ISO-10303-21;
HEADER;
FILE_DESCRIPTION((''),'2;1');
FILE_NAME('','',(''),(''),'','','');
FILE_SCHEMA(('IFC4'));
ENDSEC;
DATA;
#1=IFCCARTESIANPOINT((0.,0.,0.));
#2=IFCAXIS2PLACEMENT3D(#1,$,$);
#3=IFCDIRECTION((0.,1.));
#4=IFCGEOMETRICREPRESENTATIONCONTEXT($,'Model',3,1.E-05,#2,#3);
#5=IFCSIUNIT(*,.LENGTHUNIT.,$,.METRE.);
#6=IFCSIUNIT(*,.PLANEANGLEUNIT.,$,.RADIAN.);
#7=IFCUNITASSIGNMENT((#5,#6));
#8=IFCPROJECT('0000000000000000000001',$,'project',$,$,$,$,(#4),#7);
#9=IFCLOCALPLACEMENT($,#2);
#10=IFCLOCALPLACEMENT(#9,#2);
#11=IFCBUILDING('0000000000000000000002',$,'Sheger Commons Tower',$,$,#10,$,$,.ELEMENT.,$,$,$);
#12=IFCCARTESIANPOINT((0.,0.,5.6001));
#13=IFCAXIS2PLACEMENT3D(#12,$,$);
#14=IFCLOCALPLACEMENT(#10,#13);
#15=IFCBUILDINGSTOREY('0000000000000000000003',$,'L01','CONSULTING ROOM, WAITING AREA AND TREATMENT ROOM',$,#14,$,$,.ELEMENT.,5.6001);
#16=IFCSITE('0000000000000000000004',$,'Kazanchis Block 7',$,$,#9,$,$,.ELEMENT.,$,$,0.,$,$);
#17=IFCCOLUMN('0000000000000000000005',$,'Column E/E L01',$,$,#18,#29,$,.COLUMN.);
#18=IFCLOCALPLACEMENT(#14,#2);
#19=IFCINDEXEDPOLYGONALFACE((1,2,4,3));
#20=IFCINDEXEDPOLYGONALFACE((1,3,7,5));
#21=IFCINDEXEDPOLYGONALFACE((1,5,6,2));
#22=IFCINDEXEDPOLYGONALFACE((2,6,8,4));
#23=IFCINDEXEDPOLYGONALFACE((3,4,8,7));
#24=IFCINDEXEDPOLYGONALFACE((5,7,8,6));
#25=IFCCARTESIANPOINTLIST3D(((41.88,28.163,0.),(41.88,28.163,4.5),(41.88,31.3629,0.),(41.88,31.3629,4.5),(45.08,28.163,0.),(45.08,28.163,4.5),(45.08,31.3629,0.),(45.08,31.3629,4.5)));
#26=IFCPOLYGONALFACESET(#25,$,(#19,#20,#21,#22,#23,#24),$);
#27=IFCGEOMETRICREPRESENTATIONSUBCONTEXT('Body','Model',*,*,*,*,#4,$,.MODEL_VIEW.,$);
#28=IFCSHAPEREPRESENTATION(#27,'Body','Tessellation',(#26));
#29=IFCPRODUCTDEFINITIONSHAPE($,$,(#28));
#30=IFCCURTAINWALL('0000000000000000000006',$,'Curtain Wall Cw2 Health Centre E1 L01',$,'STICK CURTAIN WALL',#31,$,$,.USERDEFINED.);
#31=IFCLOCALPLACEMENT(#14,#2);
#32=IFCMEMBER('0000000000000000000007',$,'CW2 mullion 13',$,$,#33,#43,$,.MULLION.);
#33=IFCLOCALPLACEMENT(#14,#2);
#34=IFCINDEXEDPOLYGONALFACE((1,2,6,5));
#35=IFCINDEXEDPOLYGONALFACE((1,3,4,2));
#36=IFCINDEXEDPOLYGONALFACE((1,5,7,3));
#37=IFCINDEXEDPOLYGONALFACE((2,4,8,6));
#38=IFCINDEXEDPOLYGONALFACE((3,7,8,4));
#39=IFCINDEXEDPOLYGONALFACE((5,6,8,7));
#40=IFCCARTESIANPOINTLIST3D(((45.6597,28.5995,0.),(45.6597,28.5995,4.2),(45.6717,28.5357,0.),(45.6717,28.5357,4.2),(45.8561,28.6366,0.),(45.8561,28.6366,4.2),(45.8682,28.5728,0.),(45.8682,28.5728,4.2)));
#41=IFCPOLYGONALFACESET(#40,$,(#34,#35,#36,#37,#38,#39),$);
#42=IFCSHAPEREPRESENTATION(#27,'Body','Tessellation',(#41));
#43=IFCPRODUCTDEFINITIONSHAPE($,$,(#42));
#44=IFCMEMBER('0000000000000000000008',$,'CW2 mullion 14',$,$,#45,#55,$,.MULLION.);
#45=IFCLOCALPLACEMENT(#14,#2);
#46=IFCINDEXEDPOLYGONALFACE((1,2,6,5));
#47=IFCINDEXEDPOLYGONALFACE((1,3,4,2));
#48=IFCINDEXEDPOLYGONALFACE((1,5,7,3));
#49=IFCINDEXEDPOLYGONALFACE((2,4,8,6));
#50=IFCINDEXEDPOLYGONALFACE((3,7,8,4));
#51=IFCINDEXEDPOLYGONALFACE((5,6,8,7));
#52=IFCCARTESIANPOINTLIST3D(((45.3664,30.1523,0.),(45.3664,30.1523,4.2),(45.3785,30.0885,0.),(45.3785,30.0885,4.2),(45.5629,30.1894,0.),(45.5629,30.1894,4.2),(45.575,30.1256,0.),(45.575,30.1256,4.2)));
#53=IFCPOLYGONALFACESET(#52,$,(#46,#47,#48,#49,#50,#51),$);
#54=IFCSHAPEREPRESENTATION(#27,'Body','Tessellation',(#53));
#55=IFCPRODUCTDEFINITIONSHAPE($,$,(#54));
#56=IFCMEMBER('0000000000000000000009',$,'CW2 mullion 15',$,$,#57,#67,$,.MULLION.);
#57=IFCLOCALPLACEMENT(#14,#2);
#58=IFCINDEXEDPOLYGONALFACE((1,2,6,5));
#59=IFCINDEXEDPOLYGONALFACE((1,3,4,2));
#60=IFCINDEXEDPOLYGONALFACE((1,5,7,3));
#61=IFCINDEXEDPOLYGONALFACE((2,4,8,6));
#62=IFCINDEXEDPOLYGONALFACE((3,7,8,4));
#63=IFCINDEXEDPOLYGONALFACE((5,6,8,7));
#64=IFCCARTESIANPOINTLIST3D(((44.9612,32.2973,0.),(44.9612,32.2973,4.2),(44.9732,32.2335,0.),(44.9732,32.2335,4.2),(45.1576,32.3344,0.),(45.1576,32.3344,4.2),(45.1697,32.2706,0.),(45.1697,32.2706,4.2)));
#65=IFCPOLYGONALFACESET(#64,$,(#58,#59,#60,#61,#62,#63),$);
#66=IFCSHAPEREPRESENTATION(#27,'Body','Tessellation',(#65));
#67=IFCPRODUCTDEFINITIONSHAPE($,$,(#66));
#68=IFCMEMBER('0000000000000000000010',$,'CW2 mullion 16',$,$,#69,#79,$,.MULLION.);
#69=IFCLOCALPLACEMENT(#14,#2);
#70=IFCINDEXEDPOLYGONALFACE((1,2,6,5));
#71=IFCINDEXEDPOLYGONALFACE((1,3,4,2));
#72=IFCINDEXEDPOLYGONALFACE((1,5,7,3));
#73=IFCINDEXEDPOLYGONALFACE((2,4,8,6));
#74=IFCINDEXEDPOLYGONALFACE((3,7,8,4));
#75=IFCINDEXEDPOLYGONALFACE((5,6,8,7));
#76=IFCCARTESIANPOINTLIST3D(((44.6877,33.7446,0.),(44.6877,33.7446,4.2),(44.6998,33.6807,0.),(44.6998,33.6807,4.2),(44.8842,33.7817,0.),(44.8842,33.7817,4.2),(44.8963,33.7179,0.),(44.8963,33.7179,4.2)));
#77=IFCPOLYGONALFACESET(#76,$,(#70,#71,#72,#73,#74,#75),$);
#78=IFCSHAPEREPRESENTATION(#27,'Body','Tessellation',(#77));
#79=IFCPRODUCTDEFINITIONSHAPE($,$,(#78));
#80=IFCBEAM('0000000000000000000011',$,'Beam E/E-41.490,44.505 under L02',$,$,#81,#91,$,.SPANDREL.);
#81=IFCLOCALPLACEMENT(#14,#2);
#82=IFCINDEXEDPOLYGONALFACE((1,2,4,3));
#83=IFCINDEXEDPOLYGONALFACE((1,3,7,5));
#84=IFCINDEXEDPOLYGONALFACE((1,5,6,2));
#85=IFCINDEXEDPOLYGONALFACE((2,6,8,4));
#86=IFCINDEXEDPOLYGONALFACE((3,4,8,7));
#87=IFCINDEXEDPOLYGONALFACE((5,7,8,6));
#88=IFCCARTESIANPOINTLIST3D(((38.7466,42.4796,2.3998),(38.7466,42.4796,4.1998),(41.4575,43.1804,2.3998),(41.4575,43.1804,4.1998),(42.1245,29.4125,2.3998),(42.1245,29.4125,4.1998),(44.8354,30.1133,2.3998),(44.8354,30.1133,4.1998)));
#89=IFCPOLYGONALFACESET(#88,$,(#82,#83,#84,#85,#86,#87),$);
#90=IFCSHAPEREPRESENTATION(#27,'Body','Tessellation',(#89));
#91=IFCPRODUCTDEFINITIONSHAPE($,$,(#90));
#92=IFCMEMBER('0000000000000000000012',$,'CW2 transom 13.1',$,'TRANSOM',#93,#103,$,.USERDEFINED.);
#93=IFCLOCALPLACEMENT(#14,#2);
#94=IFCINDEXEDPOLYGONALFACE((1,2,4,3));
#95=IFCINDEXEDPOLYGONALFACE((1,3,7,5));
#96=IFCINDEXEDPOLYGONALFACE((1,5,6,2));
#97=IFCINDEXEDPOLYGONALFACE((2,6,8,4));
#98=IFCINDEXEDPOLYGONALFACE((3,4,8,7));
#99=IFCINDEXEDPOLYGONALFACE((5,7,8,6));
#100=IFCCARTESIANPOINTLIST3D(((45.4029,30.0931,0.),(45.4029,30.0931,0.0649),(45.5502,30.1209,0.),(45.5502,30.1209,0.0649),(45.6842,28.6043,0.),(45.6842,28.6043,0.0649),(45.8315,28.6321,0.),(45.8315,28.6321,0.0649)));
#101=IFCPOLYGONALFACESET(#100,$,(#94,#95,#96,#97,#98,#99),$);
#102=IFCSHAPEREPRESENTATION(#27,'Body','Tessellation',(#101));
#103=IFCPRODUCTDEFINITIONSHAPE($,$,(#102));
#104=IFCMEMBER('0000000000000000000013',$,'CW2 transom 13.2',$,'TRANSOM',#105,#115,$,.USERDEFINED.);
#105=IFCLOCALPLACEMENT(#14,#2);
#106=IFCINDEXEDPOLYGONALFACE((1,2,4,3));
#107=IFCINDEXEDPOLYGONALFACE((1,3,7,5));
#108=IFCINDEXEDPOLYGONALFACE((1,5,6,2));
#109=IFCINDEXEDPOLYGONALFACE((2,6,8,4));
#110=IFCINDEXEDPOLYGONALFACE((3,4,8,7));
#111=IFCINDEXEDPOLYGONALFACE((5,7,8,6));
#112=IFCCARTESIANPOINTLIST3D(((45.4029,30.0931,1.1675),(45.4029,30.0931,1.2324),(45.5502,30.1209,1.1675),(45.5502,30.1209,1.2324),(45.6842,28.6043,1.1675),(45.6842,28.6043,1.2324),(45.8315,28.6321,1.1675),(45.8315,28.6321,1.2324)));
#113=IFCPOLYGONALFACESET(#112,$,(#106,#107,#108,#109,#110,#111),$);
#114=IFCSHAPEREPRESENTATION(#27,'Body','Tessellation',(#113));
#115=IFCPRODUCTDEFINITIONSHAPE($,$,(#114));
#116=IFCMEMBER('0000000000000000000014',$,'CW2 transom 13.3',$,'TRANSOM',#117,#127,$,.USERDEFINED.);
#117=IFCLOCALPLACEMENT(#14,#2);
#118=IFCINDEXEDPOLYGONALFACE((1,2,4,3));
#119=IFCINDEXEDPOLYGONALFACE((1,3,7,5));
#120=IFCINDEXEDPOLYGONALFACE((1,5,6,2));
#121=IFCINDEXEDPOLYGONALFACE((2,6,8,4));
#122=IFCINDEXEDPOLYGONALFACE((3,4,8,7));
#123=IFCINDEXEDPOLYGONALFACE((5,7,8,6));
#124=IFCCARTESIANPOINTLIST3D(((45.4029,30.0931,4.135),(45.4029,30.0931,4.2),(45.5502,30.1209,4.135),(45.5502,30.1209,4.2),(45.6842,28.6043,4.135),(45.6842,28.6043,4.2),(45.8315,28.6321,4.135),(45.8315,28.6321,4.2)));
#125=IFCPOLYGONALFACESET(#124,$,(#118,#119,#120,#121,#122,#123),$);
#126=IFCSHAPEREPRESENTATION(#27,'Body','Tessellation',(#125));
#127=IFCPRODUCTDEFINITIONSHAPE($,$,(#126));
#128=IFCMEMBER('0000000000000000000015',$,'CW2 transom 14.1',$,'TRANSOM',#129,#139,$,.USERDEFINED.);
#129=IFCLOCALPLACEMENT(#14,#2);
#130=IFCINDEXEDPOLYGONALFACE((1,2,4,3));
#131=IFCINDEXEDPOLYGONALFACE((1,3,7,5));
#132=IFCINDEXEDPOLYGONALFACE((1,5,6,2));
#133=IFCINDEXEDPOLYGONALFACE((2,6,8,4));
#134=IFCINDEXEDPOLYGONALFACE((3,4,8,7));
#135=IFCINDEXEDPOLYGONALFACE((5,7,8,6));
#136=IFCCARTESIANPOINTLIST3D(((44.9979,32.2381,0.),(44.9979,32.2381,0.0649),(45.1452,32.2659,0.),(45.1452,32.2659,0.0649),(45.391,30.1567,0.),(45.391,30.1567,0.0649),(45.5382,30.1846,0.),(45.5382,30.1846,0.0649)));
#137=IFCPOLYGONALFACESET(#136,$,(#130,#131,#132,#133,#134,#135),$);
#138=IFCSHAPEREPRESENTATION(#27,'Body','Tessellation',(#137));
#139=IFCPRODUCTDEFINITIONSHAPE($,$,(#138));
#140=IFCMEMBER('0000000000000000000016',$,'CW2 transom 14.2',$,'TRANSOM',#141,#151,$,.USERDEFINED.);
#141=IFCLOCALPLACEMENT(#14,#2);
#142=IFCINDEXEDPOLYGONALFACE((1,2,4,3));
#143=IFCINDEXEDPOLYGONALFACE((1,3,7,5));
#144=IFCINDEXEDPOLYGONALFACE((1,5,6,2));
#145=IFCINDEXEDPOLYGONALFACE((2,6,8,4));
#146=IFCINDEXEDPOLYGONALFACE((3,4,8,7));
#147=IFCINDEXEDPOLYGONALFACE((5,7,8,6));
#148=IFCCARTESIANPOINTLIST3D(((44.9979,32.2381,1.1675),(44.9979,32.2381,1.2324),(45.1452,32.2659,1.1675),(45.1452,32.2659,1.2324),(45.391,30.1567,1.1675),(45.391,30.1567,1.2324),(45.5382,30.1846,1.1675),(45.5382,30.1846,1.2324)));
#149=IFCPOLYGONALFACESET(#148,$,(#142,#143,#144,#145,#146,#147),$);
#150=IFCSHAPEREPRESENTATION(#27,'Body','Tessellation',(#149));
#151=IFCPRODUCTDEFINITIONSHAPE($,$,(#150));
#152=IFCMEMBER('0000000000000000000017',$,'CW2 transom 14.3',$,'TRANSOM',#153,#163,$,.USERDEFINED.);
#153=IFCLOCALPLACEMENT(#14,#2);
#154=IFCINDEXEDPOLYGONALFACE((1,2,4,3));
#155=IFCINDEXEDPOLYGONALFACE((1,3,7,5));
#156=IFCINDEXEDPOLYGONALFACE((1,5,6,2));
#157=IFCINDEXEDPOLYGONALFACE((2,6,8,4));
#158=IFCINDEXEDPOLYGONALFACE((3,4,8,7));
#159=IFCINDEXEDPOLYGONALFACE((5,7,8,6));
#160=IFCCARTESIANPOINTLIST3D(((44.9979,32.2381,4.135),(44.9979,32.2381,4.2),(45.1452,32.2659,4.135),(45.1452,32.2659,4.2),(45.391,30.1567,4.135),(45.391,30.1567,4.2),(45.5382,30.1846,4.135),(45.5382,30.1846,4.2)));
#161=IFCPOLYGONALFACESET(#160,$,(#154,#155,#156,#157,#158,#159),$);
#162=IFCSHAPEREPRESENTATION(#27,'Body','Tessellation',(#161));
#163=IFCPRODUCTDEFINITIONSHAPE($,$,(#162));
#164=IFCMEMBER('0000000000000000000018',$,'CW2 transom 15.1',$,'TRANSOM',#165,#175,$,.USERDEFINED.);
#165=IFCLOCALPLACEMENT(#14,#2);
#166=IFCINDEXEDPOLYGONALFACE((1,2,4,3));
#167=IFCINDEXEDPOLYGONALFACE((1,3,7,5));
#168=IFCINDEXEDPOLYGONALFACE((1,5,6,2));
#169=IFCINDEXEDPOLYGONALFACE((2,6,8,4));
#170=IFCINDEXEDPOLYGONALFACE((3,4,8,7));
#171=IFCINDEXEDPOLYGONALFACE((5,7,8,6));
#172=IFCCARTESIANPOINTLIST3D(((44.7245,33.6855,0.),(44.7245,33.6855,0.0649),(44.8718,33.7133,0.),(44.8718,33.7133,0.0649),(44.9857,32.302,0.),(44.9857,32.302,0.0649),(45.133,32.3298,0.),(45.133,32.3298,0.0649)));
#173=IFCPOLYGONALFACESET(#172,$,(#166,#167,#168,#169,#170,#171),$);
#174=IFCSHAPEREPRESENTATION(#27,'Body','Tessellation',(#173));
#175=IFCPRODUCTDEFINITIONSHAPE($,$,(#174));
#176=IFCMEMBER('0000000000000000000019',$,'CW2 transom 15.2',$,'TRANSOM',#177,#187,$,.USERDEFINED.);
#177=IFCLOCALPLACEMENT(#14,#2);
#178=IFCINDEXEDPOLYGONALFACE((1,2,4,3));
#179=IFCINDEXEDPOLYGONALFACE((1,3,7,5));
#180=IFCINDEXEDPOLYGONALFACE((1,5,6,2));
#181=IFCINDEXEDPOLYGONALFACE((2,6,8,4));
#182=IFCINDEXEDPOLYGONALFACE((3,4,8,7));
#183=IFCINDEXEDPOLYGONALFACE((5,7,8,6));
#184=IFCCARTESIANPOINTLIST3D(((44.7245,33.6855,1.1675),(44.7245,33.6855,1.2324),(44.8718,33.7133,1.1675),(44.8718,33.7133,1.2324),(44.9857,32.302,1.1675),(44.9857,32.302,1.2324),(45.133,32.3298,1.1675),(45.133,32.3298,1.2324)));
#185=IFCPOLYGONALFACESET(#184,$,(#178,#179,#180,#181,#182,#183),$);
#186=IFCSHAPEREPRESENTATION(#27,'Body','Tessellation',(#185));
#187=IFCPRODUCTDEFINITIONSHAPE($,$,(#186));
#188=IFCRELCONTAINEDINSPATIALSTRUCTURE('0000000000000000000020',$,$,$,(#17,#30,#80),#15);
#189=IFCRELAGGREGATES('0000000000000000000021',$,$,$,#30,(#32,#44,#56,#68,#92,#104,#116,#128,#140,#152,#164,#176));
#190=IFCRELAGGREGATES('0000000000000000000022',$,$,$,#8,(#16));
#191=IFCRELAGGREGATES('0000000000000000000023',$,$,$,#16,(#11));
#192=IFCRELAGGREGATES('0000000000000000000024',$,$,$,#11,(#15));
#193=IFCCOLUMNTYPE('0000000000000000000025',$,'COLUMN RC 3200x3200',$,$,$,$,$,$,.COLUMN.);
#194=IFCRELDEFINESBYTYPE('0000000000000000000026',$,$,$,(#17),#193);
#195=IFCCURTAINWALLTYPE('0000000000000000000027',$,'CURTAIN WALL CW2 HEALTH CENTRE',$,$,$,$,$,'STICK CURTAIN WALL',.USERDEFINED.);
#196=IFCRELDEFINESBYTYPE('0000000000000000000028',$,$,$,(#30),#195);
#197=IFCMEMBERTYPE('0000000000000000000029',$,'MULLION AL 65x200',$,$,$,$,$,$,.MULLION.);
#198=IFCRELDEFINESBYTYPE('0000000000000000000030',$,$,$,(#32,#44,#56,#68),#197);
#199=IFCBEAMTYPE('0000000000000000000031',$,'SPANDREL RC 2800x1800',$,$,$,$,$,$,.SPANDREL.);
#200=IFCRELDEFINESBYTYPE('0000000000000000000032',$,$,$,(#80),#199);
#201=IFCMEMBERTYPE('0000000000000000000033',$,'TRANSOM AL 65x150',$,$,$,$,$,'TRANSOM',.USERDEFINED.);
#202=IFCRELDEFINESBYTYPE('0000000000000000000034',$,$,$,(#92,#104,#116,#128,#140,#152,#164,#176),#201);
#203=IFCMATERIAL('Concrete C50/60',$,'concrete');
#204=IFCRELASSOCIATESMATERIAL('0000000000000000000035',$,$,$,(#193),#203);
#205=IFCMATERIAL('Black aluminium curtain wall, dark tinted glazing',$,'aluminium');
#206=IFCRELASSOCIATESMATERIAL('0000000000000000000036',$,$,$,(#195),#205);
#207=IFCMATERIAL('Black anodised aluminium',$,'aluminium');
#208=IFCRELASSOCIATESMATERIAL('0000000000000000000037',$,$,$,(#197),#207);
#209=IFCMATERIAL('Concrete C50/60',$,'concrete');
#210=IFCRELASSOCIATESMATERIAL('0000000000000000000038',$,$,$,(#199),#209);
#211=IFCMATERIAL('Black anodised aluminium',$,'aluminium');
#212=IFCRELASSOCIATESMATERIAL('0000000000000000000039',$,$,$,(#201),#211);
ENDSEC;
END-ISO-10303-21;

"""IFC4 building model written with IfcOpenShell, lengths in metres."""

from ifc_helpers import new_model, si_unit, direction, frame, origin, origin_2d, place, context, subcontext, project, spatial, rectangle, extrude, material, material_profile, profile_set, type_object, element, aggregate, save


model = new_model("IFC4")

# Units and contexts
model_context = context("Model", 3, precision=1e-05, world=origin(), true_north=direction((0.0, 1.0)))
body_context = subcontext(model_context, "Body", "Model", "MODEL_VIEW")
ifc_project = project(units=[si_unit("LENGTHUNIT", "METRE"), si_unit("PLANEANGLEUNIT", "RADIAN")], contexts=[model_context])

# Site, building, storey
site_placement = place(None, origin())
site = spatial("IfcSite", under=ifc_project, at=site_placement, Name="Kazanchis Block 7", CompositionType="ELEMENT", RefElevation=0.0)
building_placement = place(site_placement, origin())
building = spatial("IfcBuilding", under=site, at=building_placement, Name="Sheger Commons Tower", CompositionType="ELEMENT")
storey_placement = place(building_placement, frame((0.0, 0.0, 5.6001)))
storey = spatial("IfcBuildingStorey", under=building, at=storey_placement, Name="L01", Description="CONSULTING ROOM, WAITING AREA AND TREATMENT ROOM", CompositionType="ELEMENT", Elevation=5.6001)

# Column
ifc_material_1 = material(Name="Concrete C50/60", Category="concrete")
ifc_material_profile_1 = material_profile(ifc_material_1, rectangle(XDim=3.2, YDim=3.2, at=origin_2d()), Name="RC 3200x3200")
ifc_profile_set_1 = profile_set([ifc_material_profile_1], Name="Concrete C50/60")
column_type = type_object("IfcColumnType", Name="COLUMN RC 3200x3200", PredefinedType="COLUMN", material=ifc_profile_set_1)
column_placement = place(storey_placement, frame((43.48, 29.7629, 0.0), z_axis=(0.0, 0.0, 1.0), x_axis=(1.0, 0.0, 0.0)))
element("IfcColumn", 1, at=column_placement, inside=storey, type_object=column_type, Name="Column E/E L01", PredefinedType="COLUMN", context=body_context, shape_type="SweptSolid", body=[
    extrude(rectangle(XDim=3.2, YDim=3.2, at=origin_2d()), origin(), (0.0, 0.0, 1.0), 4.5),
])

# Curtain wall, members
ifc_material_2 = material(Name="Black aluminium curtain wall, dark tinted glazing", Category="aluminium")
curtain_wall_type = type_object("IfcCurtainWallType", Name="CURTAIN WALL CW2 HEALTH CENTRE", ElementType="STICK CURTAIN WALL", PredefinedType="USERDEFINED", material=ifc_material_2)
curtain_wall_placement = place(storey_placement, origin())
curtain_wall = element("IfcCurtainWall", 2, at=curtain_wall_placement, inside=storey, type_object=curtain_wall_type, Name="Curtain Wall Cw2 Health Centre E1 L01", ObjectType="STICK CURTAIN WALL", PredefinedType="USERDEFINED")
ifc_material_3 = material(Name="Black anodised aluminium", Category="aluminium")
ifc_material_profile_2 = material_profile(ifc_material_3, rectangle(XDim=0.2, YDim=0.0649, at=origin_2d()), Name="AL 65x200")
ifc_profile_set_2 = profile_set([ifc_material_profile_2], Name="Black anodised aluminium")
member_type_1 = type_object("IfcMemberType", Name="MULLION AL 65x200", PredefinedType="MULLION", material=ifc_profile_set_2)
member_1_placement = place(storey_placement, frame((45.7639, 28.5862, 0.0), z_axis=(0.0, 0.0, 1.0), x_axis=(-0.982624, -0.18561, 0.0)))
member_1 = element("IfcMember", 3, at=member_1_placement, type_object=member_type_1, Name="CW2 mullion 13", PredefinedType="MULLION", context=body_context, shape_type="SweptSolid", body=[
    extrude(rectangle(XDim=0.2, YDim=0.0649, at=origin_2d()), origin(), (0.0, 0.0, 1.0), 4.2),
])
member_2_placement = place(storey_placement, frame((45.4707, 30.1389, 0.0), z_axis=(0.0, 0.0, 1.0), x_axis=(-0.982624, -0.18561, 0.0)))
member_2 = element("IfcMember", 4, at=member_2_placement, type_object=member_type_1, Name="CW2 mullion 14", PredefinedType="MULLION", context=body_context, shape_type="SweptSolid", body=[
    extrude(rectangle(XDim=0.2, YDim=0.0649, at=origin_2d()), origin(), (0.0, 0.0, 1.0), 4.2),
])
member_3_placement = place(storey_placement, frame((45.0654, 32.2839, 0.0), z_axis=(0.0, 0.0, 1.0), x_axis=(-0.982624, -0.18561, 0.0)))
member_3 = element("IfcMember", 5, at=member_3_placement, type_object=member_type_1, Name="CW2 mullion 15", PredefinedType="MULLION", context=body_context, shape_type="SweptSolid", body=[
    extrude(rectangle(XDim=0.2, YDim=0.0649, at=origin_2d()), origin(), (0.0, 0.0, 1.0), 4.2),
])
member_4_placement = place(storey_placement, frame((44.792, 33.7312, 0.0), z_axis=(0.0, 0.0, 1.0), x_axis=(-0.982624, -0.18561, 0.0)))
member_4 = element("IfcMember", 6, at=member_4_placement, type_object=member_type_1, Name="CW2 mullion 16", PredefinedType="MULLION", context=body_context, shape_type="SweptSolid", body=[
    extrude(rectangle(XDim=0.2, YDim=0.0649, at=origin_2d()), origin(), (0.0, 0.0, 1.0), 4.2),
])

# Beam
ifc_material_4 = material(Name="Concrete C50/60", Category="concrete")
ifc_material_profile_3 = material_profile(ifc_material_4, rectangle(XDim=2.8, YDim=1.8, at=origin_2d()), Name="RC 2800x1800")
ifc_profile_set_3 = profile_set([ifc_material_profile_3], Name="Concrete C50/60")
beam_type = type_object("IfcBeamType", Name="SPANDREL RC 2800x1800", PredefinedType="SPANDREL", material=ifc_profile_set_3)
beam_placement = place(storey_placement, frame((43.48, 29.7629, 3.2998), z_axis=(-0.250278, 0.968174, 0.0), x_axis=(-0.968174, -0.250278, 0.0)))
element("IfcBeam", 7, at=beam_placement, inside=storey, type_object=beam_type, Name="Beam E/E-41.490,44.505 under L02", PredefinedType="SPANDREL", context=body_context, shape_type="SweptSolid", body=[
    extrude(rectangle(XDim=2.8, YDim=1.8, at=origin_2d()), origin(), (0.0, 0.0, 1.0), 13.4966),
])

# Members
ifc_material_5 = material(Name="Black anodised aluminium", Category="aluminium")
ifc_material_profile_4 = material_profile(ifc_material_5, rectangle(XDim=0.1499, YDim=0.0649, at=origin_2d()), Name="AL 65x150")
ifc_profile_set_4 = profile_set([ifc_material_profile_4], Name="Black anodised aluminium")
member_type_2 = type_object("IfcMemberType", Name="TRANSOM AL 65x150", ElementType="TRANSOM", PredefinedType="USERDEFINED", material=ifc_profile_set_4)
member_5_placement = place(storey_placement, frame((45.7578, 28.6182, 0.0325), z_axis=(-0.185631, 0.98262, 0.0), x_axis=(-0.98262, -0.185631, 0.0)))
member_5 = element("IfcMember", 8, at=member_5_placement, type_object=member_type_2, Name="CW2 transom 13.1", ObjectType="TRANSOM", PredefinedType="USERDEFINED", context=body_context, shape_type="SweptSolid", body=[
    extrude(rectangle(XDim=0.1499, YDim=0.0649, at=origin_2d()), origin(), (0.0, 0.0, 1.0), 1.5151),
])
member_6_placement = place(storey_placement, frame((45.7578, 28.6182, 1.2), z_axis=(-0.185631, 0.98262, 0.0), x_axis=(-0.98262, -0.185631, 0.0)))
member_6 = element("IfcMember", 9, at=member_6_placement, type_object=member_type_2, Name="CW2 transom 13.2", ObjectType="TRANSOM", PredefinedType="USERDEFINED", context=body_context, shape_type="SweptSolid", body=[
    extrude(rectangle(XDim=0.1499, YDim=0.0649, at=origin_2d()), origin(), (0.0, 0.0, 1.0), 1.5151),
])
member_7_placement = place(storey_placement, frame((45.7578, 28.6182, 4.1675), z_axis=(-0.185631, 0.98262, 0.0), x_axis=(-0.98262, -0.185631, 0.0)))
member_7 = element("IfcMember", 10, at=member_7_placement, type_object=member_type_2, Name="CW2 transom 13.3", ObjectType="TRANSOM", PredefinedType="USERDEFINED", context=body_context, shape_type="SweptSolid", body=[
    extrude(rectangle(XDim=0.1499, YDim=0.0649, at=origin_2d()), origin(), (0.0, 0.0, 1.0), 1.5151),
])
member_8_placement = place(storey_placement, frame((45.4646, 30.1707, 0.0325), z_axis=(-0.185576, 0.98263, 0.0), x_axis=(-0.98263, -0.185576, 0.0)))
member_8 = element("IfcMember", 11, at=member_8_placement, type_object=member_type_2, Name="CW2 transom 14.1", ObjectType="TRANSOM", PredefinedType="USERDEFINED", context=body_context, shape_type="SweptSolid", body=[
    extrude(rectangle(XDim=0.1499, YDim=0.0649, at=origin_2d()), origin(), (0.0, 0.0, 1.0), 2.1182),
])
member_9_placement = place(storey_placement, frame((45.4646, 30.1707, 1.2), z_axis=(-0.185576, 0.98263, 0.0), x_axis=(-0.98263, -0.185576, 0.0)))
member_9 = element("IfcMember", 12, at=member_9_placement, type_object=member_type_2, Name="CW2 transom 14.2", ObjectType="TRANSOM", PredefinedType="USERDEFINED", context=body_context, shape_type="SweptSolid", body=[
    extrude(rectangle(XDim=0.1499, YDim=0.0649, at=origin_2d()), origin(), (0.0, 0.0, 1.0), 2.1182),
])
member_10_placement = place(storey_placement, frame((45.4646, 30.1707, 4.1675), z_axis=(-0.185576, 0.98263, 0.0), x_axis=(-0.98263, -0.185576, 0.0)))
member_10 = element("IfcMember", 13, at=member_10_placement, type_object=member_type_2, Name="CW2 transom 14.3", ObjectType="TRANSOM", PredefinedType="USERDEFINED", context=body_context, shape_type="SweptSolid", body=[
    extrude(rectangle(XDim=0.1499, YDim=0.0649, at=origin_2d()), origin(), (0.0, 0.0, 1.0), 2.1182),
])
member_11_placement = place(storey_placement, frame((45.0593, 32.3159, 0.0325), z_axis=(-0.185534, 0.982638, 0.0), x_axis=(-0.982638, -0.185534, 0.0)))
member_11 = element("IfcMember", 14, at=member_11_placement, type_object=member_type_2, Name="CW2 transom 15.1", ObjectType="TRANSOM", PredefinedType="USERDEFINED", context=body_context, shape_type="SweptSolid", body=[
    extrude(rectangle(XDim=0.1499, YDim=0.0649, at=origin_2d()), origin(), (0.0, 0.0, 1.0), 1.408),
])
member_12_placement = place(storey_placement, frame((45.0593, 32.3159, 1.2), z_axis=(-0.185534, 0.982638, 0.0), x_axis=(-0.982638, -0.185534, 0.0)))
member_12 = element("IfcMember", 15, at=member_12_placement, type_object=member_type_2, Name="CW2 transom 15.2", ObjectType="TRANSOM", PredefinedType="USERDEFINED", context=body_context, shape_type="SweptSolid", body=[
    extrude(rectangle(XDim=0.1499, YDim=0.0649, at=origin_2d()), origin(), (0.0, 0.0, 1.0), 1.408),
])

aggregate(curtain_wall, [member_1, member_2, member_3, member_4, member_5, member_6, member_7, member_8, member_9, member_10, member_11, member_12])

save(model, "model.ifc")
